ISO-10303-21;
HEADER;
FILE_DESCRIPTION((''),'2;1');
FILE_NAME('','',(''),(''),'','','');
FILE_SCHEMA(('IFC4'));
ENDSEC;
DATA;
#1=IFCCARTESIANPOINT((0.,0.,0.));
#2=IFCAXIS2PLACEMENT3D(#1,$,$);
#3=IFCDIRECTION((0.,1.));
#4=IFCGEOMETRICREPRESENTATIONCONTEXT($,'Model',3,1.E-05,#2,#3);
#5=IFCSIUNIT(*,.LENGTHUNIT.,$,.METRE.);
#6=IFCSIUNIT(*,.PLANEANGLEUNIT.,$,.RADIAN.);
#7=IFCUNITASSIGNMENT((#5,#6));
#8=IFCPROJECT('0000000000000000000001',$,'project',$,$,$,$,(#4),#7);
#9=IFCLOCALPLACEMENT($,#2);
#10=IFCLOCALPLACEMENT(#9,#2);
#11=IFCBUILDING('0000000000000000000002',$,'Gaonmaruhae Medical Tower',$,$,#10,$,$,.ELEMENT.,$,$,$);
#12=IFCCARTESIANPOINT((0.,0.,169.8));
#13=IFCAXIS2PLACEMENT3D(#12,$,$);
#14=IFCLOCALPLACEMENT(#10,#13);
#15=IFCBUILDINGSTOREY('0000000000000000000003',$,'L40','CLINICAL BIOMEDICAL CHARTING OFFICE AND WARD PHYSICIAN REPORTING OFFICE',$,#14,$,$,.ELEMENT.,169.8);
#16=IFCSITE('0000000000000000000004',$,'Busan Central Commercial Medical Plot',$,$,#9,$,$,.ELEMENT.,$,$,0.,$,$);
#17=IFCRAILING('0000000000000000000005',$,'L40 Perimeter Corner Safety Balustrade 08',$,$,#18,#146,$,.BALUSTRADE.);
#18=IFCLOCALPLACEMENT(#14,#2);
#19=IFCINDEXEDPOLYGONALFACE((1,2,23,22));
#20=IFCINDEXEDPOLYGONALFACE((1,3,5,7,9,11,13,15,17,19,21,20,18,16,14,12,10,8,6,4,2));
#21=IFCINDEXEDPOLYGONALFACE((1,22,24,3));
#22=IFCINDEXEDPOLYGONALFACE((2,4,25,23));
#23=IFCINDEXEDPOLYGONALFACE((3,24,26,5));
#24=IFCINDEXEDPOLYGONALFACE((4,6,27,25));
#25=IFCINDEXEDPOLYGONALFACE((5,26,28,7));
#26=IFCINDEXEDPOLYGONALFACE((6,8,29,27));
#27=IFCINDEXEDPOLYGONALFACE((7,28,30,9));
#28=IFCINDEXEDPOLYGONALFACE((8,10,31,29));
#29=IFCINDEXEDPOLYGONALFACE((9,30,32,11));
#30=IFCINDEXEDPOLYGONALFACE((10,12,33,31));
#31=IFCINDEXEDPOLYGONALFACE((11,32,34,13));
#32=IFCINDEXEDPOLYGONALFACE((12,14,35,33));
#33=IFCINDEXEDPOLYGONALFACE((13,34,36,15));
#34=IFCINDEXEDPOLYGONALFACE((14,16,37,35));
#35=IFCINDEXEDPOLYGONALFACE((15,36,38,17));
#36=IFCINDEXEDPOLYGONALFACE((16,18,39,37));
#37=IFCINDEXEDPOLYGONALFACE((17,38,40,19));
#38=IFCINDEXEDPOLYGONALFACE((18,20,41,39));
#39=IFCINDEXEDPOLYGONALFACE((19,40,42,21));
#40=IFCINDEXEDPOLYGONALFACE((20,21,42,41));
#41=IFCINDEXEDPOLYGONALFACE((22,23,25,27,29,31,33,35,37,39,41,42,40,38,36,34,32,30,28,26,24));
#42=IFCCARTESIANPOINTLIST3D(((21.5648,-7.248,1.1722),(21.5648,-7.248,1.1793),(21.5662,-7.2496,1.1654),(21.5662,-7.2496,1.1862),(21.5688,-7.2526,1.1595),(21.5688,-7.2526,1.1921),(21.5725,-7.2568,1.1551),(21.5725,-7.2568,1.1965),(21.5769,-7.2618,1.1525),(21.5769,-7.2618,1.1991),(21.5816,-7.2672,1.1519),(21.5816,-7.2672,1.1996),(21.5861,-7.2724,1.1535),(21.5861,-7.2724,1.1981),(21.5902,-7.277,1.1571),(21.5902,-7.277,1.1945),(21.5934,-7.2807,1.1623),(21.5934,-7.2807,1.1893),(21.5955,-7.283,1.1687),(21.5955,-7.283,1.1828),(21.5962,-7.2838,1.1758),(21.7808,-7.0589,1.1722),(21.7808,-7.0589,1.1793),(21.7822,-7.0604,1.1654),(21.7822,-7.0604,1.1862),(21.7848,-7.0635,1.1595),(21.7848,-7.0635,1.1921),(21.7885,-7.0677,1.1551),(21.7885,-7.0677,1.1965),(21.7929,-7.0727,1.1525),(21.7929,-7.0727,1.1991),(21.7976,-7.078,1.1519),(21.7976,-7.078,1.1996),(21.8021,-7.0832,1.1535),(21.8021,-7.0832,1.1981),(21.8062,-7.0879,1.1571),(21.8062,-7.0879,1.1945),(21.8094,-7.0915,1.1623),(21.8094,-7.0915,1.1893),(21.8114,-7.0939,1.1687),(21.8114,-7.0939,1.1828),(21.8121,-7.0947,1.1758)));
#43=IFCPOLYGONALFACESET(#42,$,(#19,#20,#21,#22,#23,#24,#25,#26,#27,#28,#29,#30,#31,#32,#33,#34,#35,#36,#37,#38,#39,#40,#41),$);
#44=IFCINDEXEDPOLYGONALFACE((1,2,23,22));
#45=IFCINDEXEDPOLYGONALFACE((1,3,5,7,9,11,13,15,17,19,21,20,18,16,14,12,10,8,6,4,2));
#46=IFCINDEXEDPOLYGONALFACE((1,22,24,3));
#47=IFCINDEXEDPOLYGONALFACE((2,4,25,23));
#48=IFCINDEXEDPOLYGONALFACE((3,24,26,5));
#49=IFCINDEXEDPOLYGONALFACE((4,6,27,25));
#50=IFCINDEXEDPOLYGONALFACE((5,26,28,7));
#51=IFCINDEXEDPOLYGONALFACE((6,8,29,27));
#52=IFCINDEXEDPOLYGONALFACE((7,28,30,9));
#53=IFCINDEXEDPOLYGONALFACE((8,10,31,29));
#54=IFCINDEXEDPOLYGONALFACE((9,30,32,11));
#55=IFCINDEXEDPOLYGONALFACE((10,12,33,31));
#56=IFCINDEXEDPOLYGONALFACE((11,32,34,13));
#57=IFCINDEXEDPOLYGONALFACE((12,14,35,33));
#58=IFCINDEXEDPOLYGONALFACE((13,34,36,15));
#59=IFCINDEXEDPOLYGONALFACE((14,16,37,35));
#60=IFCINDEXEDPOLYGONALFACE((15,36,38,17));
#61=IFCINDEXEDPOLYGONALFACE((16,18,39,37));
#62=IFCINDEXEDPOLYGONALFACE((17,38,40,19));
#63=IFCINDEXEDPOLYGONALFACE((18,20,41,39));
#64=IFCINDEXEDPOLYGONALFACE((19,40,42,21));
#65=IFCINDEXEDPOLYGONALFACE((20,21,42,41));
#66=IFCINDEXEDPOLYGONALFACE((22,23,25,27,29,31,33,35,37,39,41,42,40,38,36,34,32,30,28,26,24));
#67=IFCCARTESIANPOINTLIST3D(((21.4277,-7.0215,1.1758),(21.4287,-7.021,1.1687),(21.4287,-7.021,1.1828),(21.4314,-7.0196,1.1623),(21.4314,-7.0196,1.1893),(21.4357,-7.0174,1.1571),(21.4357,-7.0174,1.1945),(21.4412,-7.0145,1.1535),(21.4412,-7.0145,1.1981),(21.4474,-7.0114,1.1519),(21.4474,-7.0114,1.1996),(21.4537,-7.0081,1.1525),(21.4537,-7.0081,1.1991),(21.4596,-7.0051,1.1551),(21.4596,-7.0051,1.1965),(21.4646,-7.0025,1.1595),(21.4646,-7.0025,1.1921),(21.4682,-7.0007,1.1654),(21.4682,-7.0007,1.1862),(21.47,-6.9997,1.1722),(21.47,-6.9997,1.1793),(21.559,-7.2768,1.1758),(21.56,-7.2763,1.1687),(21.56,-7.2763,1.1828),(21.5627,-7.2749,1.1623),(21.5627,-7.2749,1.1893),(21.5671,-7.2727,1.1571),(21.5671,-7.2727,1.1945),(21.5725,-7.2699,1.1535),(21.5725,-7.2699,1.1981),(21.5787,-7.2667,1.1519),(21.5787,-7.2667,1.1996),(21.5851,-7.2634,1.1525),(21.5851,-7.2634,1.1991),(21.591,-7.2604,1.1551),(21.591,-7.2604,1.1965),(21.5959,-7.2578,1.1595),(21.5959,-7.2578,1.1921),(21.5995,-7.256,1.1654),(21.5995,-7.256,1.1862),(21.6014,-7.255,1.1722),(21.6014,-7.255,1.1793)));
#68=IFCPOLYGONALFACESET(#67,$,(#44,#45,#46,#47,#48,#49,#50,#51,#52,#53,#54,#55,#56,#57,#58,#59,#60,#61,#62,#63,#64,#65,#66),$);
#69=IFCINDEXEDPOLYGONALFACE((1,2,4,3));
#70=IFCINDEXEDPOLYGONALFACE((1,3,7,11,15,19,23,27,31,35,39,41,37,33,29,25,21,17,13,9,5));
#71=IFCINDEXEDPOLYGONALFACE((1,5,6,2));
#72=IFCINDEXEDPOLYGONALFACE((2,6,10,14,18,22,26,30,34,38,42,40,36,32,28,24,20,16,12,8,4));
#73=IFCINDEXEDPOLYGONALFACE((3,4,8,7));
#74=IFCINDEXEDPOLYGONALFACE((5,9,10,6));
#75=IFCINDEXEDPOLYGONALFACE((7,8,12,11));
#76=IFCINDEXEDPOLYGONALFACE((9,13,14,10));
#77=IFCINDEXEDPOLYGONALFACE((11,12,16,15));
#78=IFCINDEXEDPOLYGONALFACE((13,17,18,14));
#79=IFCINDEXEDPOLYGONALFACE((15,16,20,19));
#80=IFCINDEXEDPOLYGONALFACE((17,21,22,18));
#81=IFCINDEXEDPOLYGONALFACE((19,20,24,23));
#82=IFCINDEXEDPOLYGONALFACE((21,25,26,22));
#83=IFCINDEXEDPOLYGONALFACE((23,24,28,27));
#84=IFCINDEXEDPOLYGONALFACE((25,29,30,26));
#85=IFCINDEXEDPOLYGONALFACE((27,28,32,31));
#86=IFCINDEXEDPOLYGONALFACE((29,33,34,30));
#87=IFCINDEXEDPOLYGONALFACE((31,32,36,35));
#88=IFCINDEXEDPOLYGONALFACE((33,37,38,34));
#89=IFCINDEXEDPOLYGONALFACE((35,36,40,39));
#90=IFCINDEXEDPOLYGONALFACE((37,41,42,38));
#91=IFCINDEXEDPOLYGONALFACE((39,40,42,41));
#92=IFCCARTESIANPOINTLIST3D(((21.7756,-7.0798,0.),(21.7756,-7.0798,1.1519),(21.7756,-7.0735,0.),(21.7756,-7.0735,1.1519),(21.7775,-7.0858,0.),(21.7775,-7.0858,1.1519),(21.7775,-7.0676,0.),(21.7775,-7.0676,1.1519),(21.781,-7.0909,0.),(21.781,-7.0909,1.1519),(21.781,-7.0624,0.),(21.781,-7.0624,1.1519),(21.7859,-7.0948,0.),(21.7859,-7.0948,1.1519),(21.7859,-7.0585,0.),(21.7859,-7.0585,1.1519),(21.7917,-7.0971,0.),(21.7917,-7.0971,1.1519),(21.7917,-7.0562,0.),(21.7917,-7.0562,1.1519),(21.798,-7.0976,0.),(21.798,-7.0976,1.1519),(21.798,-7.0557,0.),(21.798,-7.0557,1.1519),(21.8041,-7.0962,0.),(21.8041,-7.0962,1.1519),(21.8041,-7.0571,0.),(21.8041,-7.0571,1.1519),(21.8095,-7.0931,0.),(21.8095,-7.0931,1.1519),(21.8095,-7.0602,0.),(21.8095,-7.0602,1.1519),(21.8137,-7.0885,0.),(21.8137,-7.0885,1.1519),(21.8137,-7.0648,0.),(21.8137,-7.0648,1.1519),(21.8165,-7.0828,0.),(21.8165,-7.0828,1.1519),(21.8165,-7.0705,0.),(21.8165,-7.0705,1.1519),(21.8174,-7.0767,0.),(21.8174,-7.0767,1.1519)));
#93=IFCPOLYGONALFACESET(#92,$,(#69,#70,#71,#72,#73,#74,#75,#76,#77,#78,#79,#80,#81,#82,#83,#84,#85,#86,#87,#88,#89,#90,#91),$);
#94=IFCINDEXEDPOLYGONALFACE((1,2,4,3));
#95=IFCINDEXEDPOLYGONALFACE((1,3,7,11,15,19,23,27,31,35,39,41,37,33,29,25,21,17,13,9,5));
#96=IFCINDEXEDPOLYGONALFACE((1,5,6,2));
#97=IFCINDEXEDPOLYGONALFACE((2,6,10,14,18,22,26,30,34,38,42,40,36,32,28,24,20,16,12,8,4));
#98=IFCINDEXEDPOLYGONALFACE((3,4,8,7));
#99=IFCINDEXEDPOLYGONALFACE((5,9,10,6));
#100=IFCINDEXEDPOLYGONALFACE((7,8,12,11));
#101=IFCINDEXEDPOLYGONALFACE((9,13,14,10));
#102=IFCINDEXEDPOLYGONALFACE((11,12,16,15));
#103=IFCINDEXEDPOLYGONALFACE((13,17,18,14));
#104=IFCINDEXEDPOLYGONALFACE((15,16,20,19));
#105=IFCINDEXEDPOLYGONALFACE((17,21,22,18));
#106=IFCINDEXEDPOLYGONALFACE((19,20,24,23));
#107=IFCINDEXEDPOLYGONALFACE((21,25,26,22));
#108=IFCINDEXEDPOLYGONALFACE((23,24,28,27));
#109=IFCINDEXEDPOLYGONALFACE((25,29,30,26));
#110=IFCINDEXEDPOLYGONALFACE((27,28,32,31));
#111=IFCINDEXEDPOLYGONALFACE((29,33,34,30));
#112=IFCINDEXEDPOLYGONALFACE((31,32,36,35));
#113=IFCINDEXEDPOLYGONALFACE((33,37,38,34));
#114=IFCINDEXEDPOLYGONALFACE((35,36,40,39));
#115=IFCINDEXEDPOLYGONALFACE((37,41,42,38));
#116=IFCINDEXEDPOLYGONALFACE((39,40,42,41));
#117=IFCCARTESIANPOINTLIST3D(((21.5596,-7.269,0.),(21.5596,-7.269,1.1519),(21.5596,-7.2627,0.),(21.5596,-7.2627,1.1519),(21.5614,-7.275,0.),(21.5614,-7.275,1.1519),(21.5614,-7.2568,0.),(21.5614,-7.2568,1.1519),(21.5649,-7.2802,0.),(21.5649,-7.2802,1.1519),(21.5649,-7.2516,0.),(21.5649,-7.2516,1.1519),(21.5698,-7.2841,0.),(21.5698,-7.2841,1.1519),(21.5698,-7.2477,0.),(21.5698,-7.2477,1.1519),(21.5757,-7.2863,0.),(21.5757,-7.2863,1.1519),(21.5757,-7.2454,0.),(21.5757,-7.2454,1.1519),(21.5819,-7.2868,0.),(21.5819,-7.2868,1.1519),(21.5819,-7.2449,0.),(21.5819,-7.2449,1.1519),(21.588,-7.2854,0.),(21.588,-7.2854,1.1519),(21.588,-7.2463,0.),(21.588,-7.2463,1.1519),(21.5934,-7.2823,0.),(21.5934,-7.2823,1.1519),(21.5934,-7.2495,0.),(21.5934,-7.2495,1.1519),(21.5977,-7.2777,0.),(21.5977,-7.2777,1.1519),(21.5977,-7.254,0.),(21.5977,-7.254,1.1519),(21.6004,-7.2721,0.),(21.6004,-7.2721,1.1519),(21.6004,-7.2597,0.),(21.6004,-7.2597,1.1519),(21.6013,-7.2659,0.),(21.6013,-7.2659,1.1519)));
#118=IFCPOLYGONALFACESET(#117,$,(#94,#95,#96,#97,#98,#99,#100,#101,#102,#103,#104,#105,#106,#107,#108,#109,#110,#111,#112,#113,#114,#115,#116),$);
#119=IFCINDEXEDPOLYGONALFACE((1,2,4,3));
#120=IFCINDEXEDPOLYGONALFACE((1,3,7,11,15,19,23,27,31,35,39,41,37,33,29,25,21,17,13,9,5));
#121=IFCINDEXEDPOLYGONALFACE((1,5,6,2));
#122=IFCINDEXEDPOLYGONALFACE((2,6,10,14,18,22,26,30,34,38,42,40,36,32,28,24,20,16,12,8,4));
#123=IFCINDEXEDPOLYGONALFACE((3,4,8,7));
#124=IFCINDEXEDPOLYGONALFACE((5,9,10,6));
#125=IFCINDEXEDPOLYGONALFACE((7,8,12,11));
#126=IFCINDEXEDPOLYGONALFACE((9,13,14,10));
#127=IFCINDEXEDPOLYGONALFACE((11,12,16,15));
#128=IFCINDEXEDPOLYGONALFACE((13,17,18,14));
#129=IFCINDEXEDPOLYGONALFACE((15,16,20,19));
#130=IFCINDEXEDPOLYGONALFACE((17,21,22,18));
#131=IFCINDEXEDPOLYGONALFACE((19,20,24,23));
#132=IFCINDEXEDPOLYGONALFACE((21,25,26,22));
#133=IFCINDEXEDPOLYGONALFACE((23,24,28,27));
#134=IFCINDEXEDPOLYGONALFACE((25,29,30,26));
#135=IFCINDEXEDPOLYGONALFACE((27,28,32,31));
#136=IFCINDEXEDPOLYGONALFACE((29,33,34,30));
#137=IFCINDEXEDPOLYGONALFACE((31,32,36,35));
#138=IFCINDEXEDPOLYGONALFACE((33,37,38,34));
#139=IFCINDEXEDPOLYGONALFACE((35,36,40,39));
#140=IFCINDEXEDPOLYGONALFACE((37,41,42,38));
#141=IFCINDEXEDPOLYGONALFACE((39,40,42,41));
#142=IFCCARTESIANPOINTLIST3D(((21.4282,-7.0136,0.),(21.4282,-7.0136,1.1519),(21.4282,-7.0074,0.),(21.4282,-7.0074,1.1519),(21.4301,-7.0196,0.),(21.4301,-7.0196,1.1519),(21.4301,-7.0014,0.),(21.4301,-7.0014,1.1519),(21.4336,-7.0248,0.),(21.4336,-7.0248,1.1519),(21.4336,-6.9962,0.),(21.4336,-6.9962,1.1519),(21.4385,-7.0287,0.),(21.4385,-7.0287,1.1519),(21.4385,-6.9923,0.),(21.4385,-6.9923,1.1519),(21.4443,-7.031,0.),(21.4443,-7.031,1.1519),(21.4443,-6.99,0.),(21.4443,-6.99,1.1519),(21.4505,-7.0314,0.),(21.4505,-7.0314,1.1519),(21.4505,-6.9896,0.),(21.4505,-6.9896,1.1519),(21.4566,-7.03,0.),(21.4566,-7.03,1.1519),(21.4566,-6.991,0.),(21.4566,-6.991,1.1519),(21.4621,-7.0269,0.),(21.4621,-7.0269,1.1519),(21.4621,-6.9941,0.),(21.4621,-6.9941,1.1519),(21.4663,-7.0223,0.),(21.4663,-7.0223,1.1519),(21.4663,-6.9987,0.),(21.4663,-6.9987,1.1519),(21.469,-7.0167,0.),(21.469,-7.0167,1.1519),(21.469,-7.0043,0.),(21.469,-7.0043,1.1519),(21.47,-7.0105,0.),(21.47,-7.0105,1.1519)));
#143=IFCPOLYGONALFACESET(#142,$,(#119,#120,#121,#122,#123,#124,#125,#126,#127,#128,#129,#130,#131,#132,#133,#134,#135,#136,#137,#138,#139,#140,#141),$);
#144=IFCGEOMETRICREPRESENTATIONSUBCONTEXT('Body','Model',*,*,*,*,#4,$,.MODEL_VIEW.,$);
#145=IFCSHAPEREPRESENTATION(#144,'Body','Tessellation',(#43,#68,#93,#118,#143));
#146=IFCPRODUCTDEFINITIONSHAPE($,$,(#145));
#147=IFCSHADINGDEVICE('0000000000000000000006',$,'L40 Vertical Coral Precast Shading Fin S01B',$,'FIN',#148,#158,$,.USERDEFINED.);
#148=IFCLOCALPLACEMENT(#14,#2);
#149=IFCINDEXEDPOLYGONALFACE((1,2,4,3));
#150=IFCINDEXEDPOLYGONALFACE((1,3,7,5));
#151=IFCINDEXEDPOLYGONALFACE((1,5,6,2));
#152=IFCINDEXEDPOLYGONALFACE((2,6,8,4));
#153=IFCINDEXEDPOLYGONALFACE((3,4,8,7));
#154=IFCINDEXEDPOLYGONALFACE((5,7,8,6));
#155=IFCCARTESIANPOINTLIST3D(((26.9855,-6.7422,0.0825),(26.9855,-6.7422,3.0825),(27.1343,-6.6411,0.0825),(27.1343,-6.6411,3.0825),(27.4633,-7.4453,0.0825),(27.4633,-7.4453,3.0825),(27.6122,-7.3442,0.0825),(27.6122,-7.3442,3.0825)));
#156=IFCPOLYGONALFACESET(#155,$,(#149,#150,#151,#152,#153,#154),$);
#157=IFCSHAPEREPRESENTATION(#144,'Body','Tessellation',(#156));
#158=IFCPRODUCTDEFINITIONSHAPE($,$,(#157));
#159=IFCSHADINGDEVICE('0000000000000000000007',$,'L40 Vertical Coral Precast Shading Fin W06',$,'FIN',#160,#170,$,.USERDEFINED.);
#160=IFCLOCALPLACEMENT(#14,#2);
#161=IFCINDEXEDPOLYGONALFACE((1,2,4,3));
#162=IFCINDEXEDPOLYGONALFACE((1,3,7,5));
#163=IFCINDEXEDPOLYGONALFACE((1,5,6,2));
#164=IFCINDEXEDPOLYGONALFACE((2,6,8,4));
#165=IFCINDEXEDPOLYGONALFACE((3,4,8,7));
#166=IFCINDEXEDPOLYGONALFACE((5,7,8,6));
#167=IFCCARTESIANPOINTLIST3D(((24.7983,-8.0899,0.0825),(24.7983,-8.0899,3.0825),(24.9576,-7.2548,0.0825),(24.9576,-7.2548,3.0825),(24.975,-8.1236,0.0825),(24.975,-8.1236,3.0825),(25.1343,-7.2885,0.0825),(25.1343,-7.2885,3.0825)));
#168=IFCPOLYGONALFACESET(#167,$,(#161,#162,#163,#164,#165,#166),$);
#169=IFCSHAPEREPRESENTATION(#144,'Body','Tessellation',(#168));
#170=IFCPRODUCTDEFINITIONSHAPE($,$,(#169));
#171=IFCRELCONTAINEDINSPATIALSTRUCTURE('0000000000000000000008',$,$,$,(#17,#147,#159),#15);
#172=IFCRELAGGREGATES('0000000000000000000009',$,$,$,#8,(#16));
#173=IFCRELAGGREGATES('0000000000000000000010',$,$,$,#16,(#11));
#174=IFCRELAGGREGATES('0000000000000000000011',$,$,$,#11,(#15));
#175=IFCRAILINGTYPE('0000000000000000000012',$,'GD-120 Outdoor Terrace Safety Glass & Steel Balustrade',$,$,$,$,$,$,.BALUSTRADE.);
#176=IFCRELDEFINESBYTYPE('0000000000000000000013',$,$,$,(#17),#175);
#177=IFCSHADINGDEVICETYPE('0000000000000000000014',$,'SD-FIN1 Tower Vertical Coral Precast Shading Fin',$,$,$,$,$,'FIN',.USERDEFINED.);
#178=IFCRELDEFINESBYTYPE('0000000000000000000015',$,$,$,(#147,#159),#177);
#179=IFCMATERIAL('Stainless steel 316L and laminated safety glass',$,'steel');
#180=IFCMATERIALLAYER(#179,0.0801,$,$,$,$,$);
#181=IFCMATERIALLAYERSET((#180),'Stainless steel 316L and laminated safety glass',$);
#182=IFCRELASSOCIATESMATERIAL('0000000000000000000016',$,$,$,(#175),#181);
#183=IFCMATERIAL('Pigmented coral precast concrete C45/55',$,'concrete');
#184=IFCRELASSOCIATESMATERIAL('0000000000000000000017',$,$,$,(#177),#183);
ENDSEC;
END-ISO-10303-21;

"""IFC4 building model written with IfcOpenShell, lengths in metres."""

from ifc_helpers import new_model, si_unit, direction, frame, origin, origin_2d, place, context, subcontext, project, spatial, rectangle, circle, extrude, material, layer, layer_set, type_object, element, save


model = new_model("IFC4")

# Units and contexts
model_context = context("Model", 3, precision=1e-05, world=origin(), true_north=direction((0.0, 1.0)))
body_context = subcontext(model_context, "Body", "Model", "MODEL_VIEW")
ifc_project = project(units=[si_unit("LENGTHUNIT", "METRE"), si_unit("PLANEANGLEUNIT", "RADIAN")], contexts=[model_context])

# Site, building, storey
site_placement = place(None, origin())
site = spatial("IfcSite", under=ifc_project, at=site_placement, Name="Busan Central Commercial Medical Plot", CompositionType="ELEMENT", RefElevation=0.0)
building_placement = place(site_placement, origin())
building = spatial("IfcBuilding", under=site, at=building_placement, Name="Gaonmaruhae Medical Tower", CompositionType="ELEMENT")
storey_placement = place(building_placement, frame((0.0, 0.0, 169.8)))
storey = spatial("IfcBuildingStorey", under=building, at=storey_placement, Name="L40", Description="CLINICAL BIOMEDICAL CHARTING OFFICE AND WARD PHYSICIAN REPORTING OFFICE", CompositionType="ELEMENT", Elevation=169.8)

# Railing
ifc_material_1 = material(Name="Stainless steel 316L and laminated safety glass", Category="steel")
ifc_layer_1 = layer(ifc_material_1, 0.0801)
ifc_layer_set_1 = layer_set([ifc_layer_1], Name="Stainless steel 316L and laminated safety glass")
railing_type = type_object("IfcRailingType", Name="GD-120 Outdoor Terrace Safety Glass & Steel Balustrade", PredefinedType="BALUSTRADE", material=ifc_layer_set_1)
railing_1_placement = place(storey_placement, frame((21.7964, -7.0767, 0.0)))
element("IfcRailing", 1, at=railing_1_placement, inside=storey, type_object=railing_type, Name="L40 Perimeter Corner Safety Balustrade 08", PredefinedType="BALUSTRADE", context=body_context, shape_type="SweptSolid", body=[
    extrude(circle(Radius=0.0239, at=origin_2d()), frame((0.0, 0.0, 1.1758), z_axis=(-0.752313, -0.658805, 0.0), x_axis=(0.658805, -0.752313, 0.0)), (0.0, 0.0, 1.0), 0.2871),
    extrude(circle(Radius=0.0239, at=origin_2d()), frame((-0.2161, -0.1892, 1.1758), z_axis=(-0.457386, 0.889268, 0.0), x_axis=(-0.889268, -0.457386, 0.0)), (0.0, 0.0, 1.0), 0.2871),
    extrude(circle(Radius=0.021, at=origin_2d()), origin(), (0.0, 0.0, 1.0), 1.1519),
    extrude(circle(Radius=0.021, at=origin_2d()), frame((-0.2161, -0.1892, 0.0)), (0.0, 0.0, 1.0), 1.1519),
    extrude(circle(Radius=0.021, at=origin_2d()), frame((-0.3474, 0.0662, 0.0)), (0.0, 0.0, 1.0), 1.1519),
])

# Shading devices
ifc_material_2 = material(Name="Pigmented coral precast concrete C45/55", Category="concrete")
shading_device_type = type_object("IfcShadingDeviceType", Name="SD-FIN1 Tower Vertical Coral Precast Shading Fin", ElementType="FIN", PredefinedType="USERDEFINED", material=ifc_material_2)
for number, where, z_axis, x_axis, name in (
    (2, (27.2988, -7.0432, 0.0825), (0.0, 0.0, 1.0), (-0.827071, -0.562098, 0.0), "L40 Vertical Coral Precast Shading Fin S01B"),
    (3, (24.9663, -7.6892, 0.0825), (0.0, 0.0, 1.0), (-0.982284, 0.187398, 0.0), "L40 Vertical Coral Precast Shading Fin W06"),
):
    element("IfcShadingDevice", number, at=place(storey_placement, frame(where, z_axis=z_axis, x_axis=x_axis)), inside=storey, type_object=shading_device_type, Name=name, ObjectType="FIN", PredefinedType="USERDEFINED", context=body_context, shape_type="SweptSolid", body=[
        extrude(rectangle(XDim=0.1799, YDim=0.8501, at=origin_2d()), origin(), (0.0, 0.0, 1.0), 3.0),
    ])

save(model, "model.ifc")
